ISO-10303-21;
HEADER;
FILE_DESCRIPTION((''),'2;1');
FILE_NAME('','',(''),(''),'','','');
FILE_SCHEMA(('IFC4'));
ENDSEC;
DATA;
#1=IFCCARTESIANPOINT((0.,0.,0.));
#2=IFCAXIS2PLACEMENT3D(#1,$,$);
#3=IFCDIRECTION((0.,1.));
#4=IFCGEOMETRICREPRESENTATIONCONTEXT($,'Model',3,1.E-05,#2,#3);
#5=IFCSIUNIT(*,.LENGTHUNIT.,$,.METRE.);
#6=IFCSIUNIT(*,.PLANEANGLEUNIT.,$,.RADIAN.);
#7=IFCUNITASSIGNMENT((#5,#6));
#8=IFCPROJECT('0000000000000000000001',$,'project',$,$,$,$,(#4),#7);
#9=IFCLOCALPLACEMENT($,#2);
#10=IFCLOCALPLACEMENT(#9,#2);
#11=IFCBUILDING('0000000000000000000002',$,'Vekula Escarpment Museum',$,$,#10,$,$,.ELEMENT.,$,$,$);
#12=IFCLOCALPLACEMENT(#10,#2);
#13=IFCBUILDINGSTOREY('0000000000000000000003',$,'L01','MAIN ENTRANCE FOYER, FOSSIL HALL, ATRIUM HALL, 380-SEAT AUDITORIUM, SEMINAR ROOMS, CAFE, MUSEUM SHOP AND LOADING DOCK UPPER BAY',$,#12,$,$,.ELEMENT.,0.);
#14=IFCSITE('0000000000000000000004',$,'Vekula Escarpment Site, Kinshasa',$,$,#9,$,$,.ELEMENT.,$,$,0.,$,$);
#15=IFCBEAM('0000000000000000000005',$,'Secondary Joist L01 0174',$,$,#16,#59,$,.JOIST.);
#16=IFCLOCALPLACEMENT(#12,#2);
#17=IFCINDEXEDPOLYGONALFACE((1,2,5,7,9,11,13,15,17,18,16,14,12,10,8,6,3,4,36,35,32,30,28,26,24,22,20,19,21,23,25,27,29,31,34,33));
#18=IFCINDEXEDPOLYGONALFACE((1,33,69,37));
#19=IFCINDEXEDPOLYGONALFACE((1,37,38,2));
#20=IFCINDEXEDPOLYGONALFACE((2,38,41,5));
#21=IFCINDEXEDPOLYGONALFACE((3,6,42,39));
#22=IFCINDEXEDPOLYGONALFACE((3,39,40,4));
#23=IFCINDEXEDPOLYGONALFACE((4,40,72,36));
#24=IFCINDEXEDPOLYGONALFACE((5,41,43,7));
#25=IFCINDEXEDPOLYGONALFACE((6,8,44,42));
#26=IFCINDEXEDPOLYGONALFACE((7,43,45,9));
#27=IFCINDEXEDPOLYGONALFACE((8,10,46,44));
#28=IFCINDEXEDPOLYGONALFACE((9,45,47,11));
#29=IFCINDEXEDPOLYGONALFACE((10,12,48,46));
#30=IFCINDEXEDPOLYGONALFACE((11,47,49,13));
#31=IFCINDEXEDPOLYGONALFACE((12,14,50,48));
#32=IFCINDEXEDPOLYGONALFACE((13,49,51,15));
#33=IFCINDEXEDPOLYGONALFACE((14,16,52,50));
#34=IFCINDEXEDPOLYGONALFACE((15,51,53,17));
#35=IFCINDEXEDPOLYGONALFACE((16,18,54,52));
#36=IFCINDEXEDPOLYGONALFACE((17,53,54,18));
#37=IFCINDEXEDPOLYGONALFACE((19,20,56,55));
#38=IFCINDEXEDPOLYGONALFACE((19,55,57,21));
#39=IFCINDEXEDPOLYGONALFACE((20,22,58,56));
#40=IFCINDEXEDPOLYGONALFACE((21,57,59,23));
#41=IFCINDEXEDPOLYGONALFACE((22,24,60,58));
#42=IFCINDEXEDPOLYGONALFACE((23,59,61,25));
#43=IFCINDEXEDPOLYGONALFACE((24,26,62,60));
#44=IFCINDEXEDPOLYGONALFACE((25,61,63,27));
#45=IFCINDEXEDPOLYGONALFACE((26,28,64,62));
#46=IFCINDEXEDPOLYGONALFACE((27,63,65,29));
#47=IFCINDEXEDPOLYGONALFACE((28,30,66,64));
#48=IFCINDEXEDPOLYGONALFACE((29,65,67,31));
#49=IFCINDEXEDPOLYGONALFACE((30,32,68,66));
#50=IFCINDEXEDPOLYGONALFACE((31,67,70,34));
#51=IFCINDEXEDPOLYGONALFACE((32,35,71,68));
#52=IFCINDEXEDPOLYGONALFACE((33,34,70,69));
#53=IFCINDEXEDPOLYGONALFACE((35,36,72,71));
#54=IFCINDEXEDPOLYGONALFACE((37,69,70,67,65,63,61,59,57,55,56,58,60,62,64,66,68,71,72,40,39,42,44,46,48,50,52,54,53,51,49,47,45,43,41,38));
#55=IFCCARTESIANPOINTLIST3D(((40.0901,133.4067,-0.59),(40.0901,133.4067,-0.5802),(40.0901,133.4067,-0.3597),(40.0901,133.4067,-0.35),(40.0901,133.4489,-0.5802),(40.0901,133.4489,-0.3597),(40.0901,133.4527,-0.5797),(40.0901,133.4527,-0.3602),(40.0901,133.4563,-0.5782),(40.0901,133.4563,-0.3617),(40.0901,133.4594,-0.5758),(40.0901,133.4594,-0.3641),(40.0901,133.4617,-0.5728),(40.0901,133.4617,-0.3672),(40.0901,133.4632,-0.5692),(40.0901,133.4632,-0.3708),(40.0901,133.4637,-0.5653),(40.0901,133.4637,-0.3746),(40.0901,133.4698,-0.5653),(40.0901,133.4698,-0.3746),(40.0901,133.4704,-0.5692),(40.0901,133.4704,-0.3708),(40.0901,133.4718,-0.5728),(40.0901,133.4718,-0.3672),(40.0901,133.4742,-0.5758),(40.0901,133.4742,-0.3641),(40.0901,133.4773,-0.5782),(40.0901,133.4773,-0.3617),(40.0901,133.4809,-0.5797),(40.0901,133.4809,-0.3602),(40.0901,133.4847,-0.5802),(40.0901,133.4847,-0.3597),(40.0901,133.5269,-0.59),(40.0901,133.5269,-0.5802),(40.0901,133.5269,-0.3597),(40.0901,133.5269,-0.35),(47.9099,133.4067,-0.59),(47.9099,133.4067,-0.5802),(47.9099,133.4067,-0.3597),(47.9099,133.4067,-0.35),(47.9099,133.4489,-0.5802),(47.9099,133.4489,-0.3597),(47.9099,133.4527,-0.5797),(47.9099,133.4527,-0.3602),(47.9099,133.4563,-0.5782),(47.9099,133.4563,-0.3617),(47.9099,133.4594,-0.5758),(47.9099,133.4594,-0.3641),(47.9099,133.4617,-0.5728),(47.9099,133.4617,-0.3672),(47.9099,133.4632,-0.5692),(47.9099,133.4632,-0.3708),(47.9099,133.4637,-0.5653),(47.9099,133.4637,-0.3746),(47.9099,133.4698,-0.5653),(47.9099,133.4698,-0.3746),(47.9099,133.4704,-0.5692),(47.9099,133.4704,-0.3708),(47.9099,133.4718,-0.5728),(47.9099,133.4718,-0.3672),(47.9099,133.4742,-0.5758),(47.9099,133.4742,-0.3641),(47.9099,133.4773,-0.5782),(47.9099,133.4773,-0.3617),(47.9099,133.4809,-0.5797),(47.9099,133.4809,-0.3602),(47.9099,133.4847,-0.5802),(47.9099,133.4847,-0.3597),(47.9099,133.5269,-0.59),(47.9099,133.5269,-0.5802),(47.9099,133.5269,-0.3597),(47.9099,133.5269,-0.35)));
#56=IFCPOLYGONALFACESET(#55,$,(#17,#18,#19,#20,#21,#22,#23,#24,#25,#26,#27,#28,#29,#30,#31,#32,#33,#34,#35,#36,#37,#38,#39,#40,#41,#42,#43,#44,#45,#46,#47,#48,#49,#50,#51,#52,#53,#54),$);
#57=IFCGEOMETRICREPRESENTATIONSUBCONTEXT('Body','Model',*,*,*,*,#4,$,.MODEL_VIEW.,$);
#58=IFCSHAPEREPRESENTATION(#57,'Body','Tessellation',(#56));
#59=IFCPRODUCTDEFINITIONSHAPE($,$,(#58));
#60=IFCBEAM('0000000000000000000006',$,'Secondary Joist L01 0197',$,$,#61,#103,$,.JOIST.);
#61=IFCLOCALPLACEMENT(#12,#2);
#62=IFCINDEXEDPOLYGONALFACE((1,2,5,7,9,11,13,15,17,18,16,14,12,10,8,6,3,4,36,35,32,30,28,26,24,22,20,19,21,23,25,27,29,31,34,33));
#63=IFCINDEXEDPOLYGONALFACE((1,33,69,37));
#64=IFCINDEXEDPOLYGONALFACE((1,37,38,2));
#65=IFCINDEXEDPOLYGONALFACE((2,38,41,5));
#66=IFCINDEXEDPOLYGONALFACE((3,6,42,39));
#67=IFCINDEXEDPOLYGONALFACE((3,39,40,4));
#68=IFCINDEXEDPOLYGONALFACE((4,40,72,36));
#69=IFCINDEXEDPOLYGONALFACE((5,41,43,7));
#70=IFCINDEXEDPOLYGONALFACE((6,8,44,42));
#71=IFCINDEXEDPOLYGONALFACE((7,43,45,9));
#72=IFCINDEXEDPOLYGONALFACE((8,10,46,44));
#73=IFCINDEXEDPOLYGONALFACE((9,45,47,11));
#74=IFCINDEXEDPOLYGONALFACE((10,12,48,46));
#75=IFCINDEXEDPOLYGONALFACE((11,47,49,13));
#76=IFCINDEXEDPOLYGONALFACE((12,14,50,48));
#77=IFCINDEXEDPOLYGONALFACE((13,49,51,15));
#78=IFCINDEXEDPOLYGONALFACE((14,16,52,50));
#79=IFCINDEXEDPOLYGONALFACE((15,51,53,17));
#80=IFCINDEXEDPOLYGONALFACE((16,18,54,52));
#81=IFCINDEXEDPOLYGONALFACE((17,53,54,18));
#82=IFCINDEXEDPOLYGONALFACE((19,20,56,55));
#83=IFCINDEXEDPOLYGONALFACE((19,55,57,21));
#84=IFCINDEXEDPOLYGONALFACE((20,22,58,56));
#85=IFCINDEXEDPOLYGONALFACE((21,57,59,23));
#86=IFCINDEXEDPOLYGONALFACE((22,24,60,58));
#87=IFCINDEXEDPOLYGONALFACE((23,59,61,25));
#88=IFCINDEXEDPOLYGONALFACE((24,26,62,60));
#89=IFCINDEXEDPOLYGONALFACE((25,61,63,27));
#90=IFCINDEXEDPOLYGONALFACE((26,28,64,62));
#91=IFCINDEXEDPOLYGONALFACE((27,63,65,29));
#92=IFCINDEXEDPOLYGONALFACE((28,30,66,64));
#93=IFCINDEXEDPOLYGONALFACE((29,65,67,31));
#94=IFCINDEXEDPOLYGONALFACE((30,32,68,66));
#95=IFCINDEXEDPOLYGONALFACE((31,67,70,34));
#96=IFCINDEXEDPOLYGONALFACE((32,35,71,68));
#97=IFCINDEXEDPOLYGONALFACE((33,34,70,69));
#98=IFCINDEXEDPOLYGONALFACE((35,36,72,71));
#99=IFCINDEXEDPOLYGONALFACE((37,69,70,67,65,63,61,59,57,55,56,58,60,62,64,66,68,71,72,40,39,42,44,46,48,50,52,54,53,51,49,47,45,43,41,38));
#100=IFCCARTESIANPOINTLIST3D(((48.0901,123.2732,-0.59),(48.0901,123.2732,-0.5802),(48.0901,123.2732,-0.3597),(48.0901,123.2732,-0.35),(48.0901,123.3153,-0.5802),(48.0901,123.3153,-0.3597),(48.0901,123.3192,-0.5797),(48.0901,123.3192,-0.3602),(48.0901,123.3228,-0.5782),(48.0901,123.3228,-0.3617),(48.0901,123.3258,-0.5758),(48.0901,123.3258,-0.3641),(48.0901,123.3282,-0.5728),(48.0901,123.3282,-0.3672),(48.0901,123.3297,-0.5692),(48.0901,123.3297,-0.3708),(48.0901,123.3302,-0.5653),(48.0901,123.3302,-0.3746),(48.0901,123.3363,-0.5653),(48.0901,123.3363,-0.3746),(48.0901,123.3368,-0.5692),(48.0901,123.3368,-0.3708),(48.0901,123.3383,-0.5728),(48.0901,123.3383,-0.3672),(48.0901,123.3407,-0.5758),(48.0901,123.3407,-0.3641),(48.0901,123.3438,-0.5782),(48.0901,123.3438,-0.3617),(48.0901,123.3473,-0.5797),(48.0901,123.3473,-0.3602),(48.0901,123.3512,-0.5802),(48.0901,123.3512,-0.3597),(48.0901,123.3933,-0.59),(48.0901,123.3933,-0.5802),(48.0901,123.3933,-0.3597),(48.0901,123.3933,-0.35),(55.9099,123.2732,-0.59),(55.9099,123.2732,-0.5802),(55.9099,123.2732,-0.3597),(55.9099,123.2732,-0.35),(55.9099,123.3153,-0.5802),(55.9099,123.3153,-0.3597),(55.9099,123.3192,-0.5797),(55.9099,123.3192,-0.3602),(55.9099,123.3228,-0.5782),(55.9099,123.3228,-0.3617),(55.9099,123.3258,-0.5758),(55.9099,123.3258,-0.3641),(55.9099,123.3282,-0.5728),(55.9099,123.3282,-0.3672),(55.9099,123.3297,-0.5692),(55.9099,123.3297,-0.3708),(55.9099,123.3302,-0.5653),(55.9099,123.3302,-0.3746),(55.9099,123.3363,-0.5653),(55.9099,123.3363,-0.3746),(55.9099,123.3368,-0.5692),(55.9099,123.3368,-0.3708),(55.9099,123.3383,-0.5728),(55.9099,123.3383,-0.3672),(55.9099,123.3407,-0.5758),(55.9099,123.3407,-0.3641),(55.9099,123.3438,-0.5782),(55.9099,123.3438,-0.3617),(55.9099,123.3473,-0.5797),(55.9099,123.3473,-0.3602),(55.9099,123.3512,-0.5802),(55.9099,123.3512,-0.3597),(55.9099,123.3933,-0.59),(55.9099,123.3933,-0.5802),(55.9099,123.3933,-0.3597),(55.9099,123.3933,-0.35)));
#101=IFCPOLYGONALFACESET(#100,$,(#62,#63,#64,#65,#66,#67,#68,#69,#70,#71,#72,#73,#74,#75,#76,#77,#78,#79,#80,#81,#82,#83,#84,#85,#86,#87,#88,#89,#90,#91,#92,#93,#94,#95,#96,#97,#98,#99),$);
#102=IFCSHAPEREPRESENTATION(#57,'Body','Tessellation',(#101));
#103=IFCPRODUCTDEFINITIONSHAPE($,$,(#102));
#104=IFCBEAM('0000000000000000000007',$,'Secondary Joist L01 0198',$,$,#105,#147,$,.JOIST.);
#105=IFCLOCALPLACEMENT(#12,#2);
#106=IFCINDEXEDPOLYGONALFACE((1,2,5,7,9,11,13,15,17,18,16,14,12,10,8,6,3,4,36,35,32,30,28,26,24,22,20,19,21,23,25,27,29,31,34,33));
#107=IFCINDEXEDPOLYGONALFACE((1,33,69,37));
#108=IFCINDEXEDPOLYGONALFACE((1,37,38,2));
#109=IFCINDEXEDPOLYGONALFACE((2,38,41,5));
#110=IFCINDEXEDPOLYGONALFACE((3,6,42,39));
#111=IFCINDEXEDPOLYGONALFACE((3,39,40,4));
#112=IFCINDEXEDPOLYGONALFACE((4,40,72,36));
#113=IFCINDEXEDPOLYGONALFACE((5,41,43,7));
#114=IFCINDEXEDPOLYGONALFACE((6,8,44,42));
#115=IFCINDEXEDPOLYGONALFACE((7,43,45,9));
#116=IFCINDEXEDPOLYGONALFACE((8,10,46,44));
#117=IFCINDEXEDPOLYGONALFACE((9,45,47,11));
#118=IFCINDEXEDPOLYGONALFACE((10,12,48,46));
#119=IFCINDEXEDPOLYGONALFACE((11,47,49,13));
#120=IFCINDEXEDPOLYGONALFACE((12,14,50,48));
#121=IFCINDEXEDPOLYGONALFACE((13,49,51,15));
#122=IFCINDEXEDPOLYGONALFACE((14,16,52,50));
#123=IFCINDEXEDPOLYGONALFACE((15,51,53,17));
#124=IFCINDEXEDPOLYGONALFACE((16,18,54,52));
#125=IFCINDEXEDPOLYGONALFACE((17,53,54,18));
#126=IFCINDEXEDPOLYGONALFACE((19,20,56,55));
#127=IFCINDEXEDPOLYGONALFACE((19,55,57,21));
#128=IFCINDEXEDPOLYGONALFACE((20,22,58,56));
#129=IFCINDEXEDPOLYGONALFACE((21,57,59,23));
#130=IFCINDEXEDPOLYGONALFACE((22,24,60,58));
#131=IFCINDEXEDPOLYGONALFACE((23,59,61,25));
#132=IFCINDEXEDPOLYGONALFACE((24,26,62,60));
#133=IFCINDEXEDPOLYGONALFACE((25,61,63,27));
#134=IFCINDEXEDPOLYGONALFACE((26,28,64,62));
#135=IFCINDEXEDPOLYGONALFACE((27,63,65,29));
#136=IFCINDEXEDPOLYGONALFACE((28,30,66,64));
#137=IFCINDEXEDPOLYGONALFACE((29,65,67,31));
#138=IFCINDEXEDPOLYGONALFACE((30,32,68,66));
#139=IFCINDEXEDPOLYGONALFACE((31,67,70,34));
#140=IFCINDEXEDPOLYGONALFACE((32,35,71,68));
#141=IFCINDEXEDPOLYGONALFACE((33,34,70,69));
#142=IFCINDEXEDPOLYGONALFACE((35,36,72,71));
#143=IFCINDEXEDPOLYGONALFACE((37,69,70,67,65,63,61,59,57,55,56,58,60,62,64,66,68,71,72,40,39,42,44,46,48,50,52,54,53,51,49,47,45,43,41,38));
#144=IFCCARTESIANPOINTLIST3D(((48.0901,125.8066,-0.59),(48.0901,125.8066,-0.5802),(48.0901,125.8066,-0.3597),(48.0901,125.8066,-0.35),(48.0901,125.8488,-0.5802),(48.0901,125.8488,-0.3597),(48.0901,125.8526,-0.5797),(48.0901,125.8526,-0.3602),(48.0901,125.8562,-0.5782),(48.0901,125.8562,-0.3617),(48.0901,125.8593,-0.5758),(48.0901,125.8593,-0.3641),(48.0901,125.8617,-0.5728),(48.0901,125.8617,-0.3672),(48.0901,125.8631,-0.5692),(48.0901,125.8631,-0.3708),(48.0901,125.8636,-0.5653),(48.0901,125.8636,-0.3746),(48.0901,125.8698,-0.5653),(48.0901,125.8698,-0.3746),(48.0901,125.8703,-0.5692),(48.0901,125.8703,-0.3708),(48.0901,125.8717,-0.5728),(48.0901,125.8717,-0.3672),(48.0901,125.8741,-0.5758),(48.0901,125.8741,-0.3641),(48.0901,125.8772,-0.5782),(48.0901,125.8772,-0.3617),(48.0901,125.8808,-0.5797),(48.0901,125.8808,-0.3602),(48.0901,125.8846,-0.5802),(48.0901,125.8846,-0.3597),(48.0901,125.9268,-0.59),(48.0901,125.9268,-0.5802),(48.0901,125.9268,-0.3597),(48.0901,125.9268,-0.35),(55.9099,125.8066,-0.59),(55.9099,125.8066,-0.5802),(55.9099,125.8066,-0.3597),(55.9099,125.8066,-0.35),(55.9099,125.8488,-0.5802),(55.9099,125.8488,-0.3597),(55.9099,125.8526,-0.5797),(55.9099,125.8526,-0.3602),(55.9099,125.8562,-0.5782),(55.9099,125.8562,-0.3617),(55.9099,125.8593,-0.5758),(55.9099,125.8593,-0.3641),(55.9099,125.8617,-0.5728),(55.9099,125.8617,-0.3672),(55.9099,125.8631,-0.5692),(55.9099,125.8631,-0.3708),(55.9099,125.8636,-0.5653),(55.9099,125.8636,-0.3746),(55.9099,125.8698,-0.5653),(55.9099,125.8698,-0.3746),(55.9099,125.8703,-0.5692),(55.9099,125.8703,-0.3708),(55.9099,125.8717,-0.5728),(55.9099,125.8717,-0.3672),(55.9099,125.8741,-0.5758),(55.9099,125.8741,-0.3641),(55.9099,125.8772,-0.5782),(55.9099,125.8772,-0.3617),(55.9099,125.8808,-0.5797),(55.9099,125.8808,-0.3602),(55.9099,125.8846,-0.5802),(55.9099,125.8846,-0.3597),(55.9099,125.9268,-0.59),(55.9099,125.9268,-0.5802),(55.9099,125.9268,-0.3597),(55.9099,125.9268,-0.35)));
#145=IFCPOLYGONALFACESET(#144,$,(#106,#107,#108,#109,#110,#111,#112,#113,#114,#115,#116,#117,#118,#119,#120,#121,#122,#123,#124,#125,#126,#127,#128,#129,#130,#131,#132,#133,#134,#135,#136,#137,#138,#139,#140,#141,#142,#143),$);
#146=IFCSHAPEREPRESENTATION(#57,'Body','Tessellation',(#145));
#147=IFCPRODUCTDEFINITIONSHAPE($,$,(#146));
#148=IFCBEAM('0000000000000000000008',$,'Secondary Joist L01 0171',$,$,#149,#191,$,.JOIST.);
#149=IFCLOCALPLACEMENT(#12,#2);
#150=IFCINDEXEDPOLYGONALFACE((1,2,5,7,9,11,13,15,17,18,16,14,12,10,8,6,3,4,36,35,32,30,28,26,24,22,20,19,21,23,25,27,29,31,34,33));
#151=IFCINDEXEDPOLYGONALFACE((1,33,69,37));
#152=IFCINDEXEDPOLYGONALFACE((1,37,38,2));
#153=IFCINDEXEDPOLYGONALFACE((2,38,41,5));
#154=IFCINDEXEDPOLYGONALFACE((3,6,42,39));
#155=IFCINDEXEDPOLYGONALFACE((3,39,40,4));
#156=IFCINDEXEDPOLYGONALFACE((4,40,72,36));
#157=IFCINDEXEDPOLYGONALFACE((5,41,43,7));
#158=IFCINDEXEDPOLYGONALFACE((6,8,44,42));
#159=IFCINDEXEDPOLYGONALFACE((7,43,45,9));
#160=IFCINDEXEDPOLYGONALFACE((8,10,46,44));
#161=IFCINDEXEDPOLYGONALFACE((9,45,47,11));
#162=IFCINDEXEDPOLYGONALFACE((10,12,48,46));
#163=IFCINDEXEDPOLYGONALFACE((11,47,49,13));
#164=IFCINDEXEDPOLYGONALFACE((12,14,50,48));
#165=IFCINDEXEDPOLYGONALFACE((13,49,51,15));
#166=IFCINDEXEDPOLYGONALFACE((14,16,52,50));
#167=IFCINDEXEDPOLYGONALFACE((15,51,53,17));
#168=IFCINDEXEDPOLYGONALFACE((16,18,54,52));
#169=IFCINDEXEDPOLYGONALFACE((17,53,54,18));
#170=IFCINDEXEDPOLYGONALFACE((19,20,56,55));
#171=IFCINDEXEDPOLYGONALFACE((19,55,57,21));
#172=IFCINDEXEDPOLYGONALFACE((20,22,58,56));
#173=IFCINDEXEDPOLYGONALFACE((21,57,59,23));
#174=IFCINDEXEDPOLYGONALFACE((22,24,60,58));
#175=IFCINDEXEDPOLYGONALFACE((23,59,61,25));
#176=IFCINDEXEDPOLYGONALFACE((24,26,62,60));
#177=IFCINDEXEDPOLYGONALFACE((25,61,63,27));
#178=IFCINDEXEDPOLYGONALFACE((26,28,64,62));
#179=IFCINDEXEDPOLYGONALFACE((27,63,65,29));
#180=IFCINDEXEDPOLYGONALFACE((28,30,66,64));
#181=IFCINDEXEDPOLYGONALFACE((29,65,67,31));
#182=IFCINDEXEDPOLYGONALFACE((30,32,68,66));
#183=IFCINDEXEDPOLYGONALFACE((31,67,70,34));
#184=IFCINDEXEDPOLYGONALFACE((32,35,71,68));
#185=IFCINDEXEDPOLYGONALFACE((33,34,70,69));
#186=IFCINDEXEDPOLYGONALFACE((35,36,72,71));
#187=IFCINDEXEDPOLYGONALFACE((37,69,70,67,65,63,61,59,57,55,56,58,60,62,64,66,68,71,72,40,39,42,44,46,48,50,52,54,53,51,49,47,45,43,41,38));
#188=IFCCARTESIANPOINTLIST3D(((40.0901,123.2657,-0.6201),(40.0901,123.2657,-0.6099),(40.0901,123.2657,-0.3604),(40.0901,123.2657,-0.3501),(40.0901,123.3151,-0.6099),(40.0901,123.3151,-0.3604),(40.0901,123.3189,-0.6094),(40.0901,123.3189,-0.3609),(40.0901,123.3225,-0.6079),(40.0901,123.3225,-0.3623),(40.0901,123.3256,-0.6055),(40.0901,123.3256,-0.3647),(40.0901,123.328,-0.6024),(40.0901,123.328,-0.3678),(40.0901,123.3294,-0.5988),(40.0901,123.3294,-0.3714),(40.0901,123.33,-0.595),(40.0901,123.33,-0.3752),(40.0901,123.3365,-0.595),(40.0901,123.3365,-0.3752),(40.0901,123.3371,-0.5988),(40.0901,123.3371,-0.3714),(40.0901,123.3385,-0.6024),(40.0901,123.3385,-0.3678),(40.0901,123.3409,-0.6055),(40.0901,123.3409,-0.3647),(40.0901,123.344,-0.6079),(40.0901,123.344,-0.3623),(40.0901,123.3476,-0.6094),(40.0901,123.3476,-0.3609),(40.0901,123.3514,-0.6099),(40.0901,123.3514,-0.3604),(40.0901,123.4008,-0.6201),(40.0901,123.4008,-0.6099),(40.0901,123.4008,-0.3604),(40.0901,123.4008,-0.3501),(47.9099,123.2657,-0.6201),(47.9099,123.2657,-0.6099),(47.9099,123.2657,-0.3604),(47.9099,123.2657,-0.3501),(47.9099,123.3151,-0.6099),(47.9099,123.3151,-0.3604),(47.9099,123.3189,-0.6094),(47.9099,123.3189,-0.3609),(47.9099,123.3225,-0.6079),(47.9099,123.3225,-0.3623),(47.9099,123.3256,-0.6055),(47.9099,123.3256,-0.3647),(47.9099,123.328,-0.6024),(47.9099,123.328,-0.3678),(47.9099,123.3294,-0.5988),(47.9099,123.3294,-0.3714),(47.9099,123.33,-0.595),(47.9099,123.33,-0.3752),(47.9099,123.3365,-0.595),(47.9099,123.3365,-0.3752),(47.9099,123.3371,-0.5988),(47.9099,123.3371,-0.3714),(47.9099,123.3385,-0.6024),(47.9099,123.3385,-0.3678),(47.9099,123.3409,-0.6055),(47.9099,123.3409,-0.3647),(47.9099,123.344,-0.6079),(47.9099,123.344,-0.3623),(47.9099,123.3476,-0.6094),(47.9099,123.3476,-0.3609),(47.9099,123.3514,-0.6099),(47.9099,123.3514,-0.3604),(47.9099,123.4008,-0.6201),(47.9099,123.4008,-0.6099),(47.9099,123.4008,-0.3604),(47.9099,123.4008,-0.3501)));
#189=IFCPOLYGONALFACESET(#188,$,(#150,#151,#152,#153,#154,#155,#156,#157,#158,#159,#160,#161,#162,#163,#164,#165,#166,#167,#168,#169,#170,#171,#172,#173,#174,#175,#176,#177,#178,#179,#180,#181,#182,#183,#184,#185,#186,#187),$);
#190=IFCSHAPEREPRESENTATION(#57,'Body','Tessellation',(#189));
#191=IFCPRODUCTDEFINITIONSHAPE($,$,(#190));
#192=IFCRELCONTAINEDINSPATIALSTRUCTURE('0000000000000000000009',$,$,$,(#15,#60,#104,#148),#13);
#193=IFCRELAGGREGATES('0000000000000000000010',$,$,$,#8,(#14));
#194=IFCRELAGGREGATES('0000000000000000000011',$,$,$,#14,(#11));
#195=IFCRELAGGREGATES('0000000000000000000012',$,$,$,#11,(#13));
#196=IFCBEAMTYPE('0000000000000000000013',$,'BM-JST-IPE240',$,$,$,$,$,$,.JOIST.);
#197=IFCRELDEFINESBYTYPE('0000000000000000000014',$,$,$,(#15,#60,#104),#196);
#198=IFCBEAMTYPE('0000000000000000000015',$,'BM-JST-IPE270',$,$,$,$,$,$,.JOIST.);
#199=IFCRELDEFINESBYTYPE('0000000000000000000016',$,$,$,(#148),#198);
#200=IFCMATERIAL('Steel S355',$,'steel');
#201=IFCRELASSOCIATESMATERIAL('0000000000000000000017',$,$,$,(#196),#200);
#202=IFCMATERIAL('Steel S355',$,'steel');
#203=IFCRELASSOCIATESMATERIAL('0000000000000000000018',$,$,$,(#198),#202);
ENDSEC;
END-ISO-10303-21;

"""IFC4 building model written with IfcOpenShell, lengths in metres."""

from ifc_helpers import new_model, si_unit, direction, frame, origin, origin_2d, place, context, subcontext, project, spatial, i_section, extrude, material, material_profile, profile_set, type_object, element, save


model = new_model("IFC4")

# Units and contexts
model_context = context("Model", 3, precision=1e-05, world=origin(), true_north=direction((0.0, 1.0)))
body_context = subcontext(model_context, "Body", "Model", "MODEL_VIEW")
ifc_project = project(units=[si_unit("LENGTHUNIT", "METRE"), si_unit("PLANEANGLEUNIT", "RADIAN")], contexts=[model_context])

# Site, building, storey
site_placement = place(None, origin())
site = spatial("IfcSite", under=ifc_project, at=site_placement, Name="Vekula Escarpment Site, Kinshasa", CompositionType="ELEMENT", RefElevation=0.0)
building_placement = place(site_placement, origin())
building = spatial("IfcBuilding", under=site, at=building_placement, Name="Vekula Escarpment Museum", CompositionType="ELEMENT")
storey_placement = place(building_placement, origin())
storey = spatial("IfcBuildingStorey", under=building, at=storey_placement, Name="L01", Description="MAIN ENTRANCE FOYER, FOSSIL HALL, ATRIUM HALL, 380-SEAT AUDITORIUM, SEMINAR ROOMS, CAFE, MUSEUM SHOP AND LOADING DOCK UPPER BAY", CompositionType="ELEMENT", Elevation=0.0)

# Beams
ifc_material_1 = material(Name="Steel S355", Category="steel")
ifc_material_profile_1 = material_profile(ifc_material_1, i_section(OverallWidth=0.1201, OverallDepth=0.24, WebThickness=0.0061, FlangeThickness=0.0098, FilletRadius=0.0149, at=origin_2d()), Name="IPE 240")
ifc_profile_set_1 = profile_set([ifc_material_profile_1], Name="Steel S355")
beam_type_1 = type_object("IfcBeamType", Name="BM-JST-IPE240", PredefinedType="JOIST", material=ifc_profile_set_1)
for number, where, z_axis, x_axis, name in (
    (1, (40.0901, 133.4668, -0.47), (1.0, 0.0, 0.0), (0.0, 1.0, 0.0), "Secondary Joist L01 0174"),
    (2, (48.0901, 123.3333, -0.47), (1.0, 0.0, 0.0), (0.0, 1.0, 0.0), "Secondary Joist L01 0197"),
    (3, (48.0901, 125.8667, -0.47), (1.0, 0.0, 0.0), (0.0, 1.0, 0.0), "Secondary Joist L01 0198"),
):
    element("IfcBeam", number, at=place(storey_placement, frame(where, z_axis=z_axis, x_axis=x_axis)), inside=storey, type_object=beam_type_1, Name=name, PredefinedType="JOIST", context=body_context, shape_type="SweptSolid", body=[
        extrude(i_section(OverallWidth=0.1201, OverallDepth=0.24, WebThickness=0.0061, FlangeThickness=0.0098, FilletRadius=0.0149, at=origin_2d()), origin(), (0.0, 0.0, 1.0), 7.8198),
    ])
ifc_material_2 = material(Name="Steel S355", Category="steel")
ifc_material_profile_2 = material_profile(ifc_material_2, i_section(OverallWidth=0.135, OverallDepth=0.27, WebThickness=0.0066, FlangeThickness=0.0103, FilletRadius=0.0149, at=origin_2d()), Name="IPE 270")
ifc_profile_set_2 = profile_set([ifc_material_profile_2], Name="Steel S355")
beam_type_2 = type_object("IfcBeamType", Name="BM-JST-IPE270", PredefinedType="JOIST", material=ifc_profile_set_2)
for number, where, z_axis, x_axis, name in (
    (4, (40.0901, 123.3333, -0.4851), (1.0, 0.0, 0.0), (0.0, 1.0, 0.0), "Secondary Joist L01 0171"),
):
    element("IfcBeam", number, at=place(storey_placement, frame(where, z_axis=z_axis, x_axis=x_axis)), inside=storey, type_object=beam_type_2, Name=name, PredefinedType="JOIST", context=body_context, shape_type="SweptSolid", body=[
        extrude(i_section(OverallWidth=0.135, OverallDepth=0.27, WebThickness=0.0066, FlangeThickness=0.0103, FilletRadius=0.0149, at=origin_2d()), origin(), (0.0, 0.0, 1.0), 7.8198),
    ])

save(model, "model.ifc")
